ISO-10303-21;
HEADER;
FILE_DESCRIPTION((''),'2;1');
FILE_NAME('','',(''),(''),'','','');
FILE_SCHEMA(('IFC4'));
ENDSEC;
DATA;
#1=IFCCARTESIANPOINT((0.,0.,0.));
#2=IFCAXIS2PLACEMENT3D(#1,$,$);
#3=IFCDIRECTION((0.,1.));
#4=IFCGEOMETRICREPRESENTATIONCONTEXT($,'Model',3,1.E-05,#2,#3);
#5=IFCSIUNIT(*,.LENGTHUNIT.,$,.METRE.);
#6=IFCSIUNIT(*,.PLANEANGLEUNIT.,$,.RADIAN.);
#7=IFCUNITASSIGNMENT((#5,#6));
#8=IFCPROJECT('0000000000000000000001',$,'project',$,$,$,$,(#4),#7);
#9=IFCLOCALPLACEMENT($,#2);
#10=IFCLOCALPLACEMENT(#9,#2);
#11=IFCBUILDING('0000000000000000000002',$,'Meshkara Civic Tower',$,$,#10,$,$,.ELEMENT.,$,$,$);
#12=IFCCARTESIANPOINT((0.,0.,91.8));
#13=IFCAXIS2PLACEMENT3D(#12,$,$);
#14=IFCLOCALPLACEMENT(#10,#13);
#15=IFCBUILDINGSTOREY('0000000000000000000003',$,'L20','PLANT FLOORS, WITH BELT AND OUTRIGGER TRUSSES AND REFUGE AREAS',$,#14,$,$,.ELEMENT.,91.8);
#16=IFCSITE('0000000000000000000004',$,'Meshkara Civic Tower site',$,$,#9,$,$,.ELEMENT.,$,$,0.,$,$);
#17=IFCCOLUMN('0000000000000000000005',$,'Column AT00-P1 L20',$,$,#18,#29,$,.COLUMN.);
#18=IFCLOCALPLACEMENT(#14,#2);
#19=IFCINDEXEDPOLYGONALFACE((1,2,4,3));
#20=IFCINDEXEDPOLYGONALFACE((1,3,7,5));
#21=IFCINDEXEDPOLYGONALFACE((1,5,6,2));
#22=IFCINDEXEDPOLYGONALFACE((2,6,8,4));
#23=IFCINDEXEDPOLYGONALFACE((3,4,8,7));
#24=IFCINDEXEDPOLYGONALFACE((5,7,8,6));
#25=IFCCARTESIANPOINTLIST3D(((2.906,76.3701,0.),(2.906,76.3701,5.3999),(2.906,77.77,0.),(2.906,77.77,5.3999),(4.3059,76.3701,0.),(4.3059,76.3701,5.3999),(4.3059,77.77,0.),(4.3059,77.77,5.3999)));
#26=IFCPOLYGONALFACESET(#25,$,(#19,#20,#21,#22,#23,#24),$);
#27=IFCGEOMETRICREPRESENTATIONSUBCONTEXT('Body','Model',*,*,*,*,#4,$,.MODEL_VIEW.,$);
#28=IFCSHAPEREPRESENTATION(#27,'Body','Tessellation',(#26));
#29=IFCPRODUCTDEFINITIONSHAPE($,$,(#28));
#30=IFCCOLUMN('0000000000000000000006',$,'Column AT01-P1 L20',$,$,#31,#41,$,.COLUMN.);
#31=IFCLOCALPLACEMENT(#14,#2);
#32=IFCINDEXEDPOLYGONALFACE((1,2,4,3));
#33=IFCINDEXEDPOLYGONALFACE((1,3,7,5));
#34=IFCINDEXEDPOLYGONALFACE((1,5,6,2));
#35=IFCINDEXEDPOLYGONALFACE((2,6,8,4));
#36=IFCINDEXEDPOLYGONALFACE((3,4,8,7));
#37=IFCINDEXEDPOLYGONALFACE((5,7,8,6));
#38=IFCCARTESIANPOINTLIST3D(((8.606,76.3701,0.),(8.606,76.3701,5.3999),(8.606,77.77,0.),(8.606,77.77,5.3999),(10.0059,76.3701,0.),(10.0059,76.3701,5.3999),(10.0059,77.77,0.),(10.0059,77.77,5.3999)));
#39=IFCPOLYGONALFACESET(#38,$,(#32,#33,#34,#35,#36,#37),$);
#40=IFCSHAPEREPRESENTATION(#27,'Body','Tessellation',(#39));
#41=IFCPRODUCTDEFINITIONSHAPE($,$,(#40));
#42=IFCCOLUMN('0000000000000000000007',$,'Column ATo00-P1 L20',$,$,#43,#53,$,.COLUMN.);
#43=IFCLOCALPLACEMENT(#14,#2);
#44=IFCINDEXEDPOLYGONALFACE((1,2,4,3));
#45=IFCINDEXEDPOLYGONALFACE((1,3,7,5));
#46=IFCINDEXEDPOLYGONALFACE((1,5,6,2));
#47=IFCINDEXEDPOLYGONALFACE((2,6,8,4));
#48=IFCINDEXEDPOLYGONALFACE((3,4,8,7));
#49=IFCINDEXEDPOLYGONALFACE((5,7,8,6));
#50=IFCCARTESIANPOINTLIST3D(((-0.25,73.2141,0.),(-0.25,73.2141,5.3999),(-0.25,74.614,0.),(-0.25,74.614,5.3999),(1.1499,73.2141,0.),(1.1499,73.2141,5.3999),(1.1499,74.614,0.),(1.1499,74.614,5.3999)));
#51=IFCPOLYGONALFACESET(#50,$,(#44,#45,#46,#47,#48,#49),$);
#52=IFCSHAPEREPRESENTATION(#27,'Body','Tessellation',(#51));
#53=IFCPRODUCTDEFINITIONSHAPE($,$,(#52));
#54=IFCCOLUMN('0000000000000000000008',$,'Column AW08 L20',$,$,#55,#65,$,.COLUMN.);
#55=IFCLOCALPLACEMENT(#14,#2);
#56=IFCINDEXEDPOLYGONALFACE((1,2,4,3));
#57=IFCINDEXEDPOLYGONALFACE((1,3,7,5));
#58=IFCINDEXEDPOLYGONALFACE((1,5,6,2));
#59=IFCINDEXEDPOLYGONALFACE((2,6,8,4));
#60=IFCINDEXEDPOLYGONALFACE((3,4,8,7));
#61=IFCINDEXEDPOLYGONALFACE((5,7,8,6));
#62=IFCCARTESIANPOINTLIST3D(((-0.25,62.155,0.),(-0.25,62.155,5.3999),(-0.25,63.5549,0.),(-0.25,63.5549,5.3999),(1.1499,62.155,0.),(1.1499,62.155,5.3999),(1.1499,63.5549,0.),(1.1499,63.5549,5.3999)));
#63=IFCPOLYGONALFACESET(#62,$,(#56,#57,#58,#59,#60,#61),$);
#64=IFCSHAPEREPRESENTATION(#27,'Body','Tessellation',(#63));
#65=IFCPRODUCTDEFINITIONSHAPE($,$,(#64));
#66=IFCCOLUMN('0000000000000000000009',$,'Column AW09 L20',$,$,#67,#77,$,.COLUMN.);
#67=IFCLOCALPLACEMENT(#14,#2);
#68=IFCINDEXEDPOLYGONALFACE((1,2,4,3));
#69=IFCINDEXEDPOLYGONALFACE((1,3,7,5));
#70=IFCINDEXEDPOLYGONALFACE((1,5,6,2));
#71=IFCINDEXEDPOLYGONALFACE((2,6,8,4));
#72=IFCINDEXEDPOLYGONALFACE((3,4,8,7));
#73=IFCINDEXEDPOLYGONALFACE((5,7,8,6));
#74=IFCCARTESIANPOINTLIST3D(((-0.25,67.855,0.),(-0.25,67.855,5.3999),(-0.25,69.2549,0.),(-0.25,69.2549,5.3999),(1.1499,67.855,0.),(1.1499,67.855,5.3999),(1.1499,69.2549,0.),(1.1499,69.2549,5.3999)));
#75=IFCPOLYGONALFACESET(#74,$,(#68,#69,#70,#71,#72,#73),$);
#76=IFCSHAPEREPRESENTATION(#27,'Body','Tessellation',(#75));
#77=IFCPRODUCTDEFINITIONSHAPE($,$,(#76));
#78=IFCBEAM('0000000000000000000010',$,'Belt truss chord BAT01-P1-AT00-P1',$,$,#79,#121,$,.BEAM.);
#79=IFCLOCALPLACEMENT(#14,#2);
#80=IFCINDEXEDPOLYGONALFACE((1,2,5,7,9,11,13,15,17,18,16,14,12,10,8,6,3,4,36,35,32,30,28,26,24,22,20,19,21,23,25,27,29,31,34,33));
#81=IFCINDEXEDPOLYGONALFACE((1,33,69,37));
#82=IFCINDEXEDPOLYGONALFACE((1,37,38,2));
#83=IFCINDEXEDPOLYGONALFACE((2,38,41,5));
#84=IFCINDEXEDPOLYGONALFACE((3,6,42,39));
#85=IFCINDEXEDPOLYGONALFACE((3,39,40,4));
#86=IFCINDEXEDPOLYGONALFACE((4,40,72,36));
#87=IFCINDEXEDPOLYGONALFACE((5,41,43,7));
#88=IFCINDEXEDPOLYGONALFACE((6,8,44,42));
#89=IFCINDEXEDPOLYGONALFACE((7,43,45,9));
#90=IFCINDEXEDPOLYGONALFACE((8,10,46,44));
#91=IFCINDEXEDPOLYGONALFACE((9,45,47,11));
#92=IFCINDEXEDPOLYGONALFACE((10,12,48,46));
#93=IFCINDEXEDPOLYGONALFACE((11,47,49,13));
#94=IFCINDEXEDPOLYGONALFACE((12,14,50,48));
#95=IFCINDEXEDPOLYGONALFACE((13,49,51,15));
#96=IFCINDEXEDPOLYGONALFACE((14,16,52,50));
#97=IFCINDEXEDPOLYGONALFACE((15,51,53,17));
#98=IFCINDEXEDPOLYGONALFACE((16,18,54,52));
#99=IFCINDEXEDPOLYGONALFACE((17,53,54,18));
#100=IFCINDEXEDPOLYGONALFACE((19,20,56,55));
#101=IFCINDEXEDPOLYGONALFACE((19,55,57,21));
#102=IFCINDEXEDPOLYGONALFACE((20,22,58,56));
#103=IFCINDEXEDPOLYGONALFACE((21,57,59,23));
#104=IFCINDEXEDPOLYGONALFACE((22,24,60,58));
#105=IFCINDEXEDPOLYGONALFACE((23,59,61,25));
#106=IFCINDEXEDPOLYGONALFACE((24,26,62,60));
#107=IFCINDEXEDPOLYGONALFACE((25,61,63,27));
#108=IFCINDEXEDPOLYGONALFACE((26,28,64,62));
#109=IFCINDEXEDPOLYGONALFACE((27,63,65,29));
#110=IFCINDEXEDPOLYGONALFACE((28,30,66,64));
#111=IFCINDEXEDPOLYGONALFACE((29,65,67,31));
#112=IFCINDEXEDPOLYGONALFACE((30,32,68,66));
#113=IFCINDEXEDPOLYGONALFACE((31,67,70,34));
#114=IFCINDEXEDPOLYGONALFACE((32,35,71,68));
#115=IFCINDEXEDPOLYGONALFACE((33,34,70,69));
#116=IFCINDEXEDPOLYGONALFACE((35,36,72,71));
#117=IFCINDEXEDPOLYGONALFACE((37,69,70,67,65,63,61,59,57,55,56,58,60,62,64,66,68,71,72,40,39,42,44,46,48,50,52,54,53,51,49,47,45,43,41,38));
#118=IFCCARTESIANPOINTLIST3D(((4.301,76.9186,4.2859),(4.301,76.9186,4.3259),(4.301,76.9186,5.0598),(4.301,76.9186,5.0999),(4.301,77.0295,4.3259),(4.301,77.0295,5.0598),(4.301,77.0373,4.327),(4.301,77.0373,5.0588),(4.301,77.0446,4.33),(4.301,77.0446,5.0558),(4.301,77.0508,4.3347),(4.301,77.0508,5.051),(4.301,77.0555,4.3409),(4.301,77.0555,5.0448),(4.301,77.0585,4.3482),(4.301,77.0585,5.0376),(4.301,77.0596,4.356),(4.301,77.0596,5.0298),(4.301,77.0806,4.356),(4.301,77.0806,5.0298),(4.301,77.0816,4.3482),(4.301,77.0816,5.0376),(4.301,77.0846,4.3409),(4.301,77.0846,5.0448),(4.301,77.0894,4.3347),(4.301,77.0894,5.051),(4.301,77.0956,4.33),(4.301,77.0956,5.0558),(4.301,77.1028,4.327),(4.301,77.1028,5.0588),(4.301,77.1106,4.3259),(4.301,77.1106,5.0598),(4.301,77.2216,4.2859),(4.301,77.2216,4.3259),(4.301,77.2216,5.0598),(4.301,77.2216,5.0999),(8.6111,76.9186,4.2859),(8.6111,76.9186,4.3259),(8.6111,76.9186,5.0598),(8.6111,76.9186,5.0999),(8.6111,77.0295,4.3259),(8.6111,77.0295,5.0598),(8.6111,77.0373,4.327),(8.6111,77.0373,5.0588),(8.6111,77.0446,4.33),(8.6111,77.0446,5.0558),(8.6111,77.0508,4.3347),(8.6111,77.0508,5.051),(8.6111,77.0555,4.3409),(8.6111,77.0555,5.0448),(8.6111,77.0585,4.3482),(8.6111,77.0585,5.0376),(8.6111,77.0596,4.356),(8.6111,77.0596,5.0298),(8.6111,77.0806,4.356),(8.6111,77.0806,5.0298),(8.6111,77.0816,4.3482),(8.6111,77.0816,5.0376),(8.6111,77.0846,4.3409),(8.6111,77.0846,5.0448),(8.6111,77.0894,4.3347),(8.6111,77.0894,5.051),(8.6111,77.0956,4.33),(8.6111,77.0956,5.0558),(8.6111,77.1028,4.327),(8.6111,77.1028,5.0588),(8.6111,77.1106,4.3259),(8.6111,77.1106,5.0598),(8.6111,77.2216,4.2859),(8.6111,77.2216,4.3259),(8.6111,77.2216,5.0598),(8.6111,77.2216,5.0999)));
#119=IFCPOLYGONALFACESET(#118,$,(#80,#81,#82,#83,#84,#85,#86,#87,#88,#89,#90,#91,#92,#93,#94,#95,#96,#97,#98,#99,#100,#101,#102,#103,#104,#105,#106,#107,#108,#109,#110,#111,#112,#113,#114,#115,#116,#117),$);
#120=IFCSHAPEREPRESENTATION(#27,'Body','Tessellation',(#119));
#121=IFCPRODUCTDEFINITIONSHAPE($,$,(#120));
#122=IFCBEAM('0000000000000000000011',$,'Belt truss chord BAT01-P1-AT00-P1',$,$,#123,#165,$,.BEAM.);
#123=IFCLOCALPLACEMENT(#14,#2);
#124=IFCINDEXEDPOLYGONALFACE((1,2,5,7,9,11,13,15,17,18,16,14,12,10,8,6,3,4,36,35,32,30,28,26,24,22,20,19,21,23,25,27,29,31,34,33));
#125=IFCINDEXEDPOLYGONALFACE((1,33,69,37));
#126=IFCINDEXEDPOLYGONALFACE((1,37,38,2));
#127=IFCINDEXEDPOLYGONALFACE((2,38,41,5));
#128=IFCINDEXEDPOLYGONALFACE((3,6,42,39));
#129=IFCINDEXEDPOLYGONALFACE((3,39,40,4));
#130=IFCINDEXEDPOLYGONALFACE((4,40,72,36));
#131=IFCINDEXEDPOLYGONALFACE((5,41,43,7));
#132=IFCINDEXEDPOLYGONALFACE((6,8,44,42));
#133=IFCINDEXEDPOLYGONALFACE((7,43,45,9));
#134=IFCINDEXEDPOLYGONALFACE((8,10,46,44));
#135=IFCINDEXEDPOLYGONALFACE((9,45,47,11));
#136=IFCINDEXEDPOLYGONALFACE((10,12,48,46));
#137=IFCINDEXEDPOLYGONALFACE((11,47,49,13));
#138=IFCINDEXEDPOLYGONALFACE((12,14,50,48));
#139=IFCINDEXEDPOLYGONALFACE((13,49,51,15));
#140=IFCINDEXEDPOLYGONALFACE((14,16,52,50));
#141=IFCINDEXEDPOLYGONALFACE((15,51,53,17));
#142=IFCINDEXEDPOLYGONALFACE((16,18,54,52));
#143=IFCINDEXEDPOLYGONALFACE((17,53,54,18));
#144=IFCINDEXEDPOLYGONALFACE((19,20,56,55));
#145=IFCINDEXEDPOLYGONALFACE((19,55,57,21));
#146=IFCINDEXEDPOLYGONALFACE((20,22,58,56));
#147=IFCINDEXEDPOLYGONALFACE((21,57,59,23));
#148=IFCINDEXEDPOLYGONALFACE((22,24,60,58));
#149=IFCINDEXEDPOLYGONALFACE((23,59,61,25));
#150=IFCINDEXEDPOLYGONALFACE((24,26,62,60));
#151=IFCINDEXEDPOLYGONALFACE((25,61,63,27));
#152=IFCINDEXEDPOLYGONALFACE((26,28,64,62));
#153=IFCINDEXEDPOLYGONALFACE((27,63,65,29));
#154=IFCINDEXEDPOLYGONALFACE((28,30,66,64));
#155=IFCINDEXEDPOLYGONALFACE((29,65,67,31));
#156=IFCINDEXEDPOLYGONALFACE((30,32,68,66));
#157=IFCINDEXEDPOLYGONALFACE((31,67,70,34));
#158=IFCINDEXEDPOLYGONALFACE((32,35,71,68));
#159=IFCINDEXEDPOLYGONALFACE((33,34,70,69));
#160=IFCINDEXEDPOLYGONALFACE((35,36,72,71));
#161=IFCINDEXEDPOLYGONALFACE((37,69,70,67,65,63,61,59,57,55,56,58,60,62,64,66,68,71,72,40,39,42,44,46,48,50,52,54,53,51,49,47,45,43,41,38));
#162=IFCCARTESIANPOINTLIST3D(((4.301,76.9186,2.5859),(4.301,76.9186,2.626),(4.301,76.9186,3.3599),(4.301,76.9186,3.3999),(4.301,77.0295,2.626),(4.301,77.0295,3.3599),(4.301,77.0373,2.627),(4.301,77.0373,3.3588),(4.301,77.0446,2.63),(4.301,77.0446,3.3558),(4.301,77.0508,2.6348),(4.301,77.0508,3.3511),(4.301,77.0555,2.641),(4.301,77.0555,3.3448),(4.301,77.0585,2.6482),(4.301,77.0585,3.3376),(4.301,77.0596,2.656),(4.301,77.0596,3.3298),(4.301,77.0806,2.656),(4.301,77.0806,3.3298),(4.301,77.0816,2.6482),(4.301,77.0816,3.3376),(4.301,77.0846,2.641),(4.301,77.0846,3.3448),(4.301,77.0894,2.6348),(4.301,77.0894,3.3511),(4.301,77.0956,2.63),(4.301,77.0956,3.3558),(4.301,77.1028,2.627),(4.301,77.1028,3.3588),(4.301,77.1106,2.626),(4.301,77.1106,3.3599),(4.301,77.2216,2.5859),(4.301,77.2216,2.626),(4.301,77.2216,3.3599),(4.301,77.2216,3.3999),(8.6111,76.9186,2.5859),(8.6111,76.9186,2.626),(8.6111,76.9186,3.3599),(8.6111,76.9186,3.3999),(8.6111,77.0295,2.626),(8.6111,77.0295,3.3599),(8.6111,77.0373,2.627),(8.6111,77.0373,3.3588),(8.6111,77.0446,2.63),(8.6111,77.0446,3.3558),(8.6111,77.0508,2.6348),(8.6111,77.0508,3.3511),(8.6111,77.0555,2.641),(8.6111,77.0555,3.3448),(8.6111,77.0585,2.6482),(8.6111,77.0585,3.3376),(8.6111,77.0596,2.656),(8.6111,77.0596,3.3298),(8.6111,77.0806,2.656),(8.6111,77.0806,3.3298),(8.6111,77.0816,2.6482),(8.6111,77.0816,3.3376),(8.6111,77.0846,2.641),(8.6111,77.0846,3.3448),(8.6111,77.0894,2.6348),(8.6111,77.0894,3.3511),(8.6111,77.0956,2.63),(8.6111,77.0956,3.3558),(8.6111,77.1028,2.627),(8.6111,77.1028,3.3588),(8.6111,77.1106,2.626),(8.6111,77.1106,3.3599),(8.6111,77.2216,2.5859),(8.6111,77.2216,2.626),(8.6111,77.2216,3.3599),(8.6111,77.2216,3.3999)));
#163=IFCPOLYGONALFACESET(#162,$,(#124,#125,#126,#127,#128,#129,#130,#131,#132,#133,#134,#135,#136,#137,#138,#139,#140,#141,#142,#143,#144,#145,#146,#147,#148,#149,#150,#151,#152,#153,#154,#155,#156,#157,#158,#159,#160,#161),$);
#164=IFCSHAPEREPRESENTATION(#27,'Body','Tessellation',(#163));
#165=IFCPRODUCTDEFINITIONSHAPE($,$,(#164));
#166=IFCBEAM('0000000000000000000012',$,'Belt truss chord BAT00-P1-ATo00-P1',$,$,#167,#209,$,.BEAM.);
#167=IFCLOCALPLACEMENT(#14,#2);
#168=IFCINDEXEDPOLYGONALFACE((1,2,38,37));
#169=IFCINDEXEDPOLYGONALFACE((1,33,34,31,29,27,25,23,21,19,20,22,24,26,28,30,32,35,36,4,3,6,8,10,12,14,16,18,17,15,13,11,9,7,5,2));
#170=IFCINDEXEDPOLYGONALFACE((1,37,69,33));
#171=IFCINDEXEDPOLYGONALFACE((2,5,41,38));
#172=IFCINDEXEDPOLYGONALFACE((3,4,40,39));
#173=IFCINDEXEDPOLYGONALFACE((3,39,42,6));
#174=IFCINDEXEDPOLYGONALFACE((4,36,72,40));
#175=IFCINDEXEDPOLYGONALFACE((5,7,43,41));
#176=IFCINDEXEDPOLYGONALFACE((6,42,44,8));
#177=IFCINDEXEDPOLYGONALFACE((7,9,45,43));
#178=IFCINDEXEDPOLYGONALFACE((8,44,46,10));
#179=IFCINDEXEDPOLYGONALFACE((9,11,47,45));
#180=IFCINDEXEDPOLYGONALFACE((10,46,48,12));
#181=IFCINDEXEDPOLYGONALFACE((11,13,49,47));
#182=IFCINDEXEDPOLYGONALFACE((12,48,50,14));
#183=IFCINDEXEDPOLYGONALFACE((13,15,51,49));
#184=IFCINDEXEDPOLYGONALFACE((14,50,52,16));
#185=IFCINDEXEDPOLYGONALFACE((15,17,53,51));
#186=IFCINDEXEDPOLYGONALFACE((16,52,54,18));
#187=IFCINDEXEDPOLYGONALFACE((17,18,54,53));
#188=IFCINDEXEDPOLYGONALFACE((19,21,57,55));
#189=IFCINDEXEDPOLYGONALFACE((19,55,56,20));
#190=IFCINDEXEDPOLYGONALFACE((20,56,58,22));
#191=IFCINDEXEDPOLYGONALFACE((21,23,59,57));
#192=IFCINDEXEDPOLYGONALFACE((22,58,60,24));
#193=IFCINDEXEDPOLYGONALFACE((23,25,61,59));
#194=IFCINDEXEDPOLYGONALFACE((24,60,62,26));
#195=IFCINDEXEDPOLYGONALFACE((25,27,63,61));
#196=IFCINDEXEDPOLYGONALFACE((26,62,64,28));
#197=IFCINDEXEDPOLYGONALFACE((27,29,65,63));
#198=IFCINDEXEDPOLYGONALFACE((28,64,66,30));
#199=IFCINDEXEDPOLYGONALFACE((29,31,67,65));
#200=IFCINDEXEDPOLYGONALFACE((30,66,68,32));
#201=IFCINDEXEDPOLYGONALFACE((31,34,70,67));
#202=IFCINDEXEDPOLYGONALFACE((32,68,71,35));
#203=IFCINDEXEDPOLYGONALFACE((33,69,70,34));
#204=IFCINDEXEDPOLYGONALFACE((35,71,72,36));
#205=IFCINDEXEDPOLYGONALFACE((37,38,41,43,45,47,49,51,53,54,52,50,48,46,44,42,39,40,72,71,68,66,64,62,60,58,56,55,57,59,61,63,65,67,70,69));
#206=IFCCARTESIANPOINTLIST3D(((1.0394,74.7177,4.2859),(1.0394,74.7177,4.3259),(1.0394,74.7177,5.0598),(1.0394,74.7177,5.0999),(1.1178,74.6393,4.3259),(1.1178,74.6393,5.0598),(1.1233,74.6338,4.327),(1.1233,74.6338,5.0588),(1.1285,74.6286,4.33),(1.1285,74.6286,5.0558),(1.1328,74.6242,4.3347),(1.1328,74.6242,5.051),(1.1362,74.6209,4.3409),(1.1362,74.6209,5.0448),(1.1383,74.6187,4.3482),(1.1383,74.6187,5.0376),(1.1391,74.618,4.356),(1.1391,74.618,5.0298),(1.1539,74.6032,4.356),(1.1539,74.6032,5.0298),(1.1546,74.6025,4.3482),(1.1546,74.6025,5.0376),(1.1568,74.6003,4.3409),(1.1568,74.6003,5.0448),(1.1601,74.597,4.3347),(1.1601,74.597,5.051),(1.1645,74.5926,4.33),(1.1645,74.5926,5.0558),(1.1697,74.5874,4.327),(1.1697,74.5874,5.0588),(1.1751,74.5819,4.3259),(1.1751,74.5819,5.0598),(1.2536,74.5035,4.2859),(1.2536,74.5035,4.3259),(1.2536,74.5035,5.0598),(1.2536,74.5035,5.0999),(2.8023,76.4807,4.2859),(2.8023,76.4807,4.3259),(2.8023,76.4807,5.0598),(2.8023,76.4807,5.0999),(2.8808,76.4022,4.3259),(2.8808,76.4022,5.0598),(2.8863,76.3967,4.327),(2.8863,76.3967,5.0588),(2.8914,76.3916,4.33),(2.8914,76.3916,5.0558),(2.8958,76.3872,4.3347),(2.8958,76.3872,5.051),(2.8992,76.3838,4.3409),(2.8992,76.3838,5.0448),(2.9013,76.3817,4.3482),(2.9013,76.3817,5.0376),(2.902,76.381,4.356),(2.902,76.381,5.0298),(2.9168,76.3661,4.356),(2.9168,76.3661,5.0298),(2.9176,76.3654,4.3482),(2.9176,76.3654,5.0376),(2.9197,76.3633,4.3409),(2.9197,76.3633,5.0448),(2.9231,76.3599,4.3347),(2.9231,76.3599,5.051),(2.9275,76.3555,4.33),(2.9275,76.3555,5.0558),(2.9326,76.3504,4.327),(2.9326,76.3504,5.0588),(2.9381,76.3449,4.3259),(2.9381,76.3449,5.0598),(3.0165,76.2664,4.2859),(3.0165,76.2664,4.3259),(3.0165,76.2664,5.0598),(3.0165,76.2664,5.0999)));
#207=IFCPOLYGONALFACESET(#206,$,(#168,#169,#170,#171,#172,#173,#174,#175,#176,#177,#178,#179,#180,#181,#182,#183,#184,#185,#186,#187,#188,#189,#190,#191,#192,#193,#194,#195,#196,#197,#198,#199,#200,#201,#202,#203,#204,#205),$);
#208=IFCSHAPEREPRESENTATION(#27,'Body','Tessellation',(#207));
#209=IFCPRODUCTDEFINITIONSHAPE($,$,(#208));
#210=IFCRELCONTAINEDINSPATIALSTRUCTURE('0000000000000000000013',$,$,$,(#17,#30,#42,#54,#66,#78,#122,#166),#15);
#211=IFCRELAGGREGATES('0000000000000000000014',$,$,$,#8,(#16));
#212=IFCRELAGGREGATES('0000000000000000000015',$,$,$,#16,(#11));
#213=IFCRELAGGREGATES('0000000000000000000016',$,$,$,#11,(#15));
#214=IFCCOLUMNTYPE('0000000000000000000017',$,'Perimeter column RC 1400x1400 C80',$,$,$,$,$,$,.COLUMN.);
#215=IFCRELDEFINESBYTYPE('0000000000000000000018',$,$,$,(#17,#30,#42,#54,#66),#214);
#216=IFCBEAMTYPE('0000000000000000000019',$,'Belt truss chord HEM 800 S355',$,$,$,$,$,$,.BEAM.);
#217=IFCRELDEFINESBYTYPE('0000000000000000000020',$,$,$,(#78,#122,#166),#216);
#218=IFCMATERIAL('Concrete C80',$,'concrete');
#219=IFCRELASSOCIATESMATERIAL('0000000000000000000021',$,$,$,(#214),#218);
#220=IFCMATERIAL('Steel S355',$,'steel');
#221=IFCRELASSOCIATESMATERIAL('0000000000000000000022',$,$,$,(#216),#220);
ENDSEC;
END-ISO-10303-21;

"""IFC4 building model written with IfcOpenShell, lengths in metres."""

from ifc_helpers import new_model, si_unit, direction, frame, origin, origin_2d, place, context, subcontext, project, spatial, rectangle, i_section, extrude, material, material_profile, profile_set, type_object, element, save


model = new_model("IFC4")

# Units and contexts
model_context = context("Model", 3, precision=1e-05, world=origin(), true_north=direction((0.0, 1.0)))
body_context = subcontext(model_context, "Body", "Model", "MODEL_VIEW")
ifc_project = project(units=[si_unit("LENGTHUNIT", "METRE"), si_unit("PLANEANGLEUNIT", "RADIAN")], contexts=[model_context])

# Site, building, storey
site_placement = place(None, origin())
site = spatial("IfcSite", under=ifc_project, at=site_placement, Name="Meshkara Civic Tower site", CompositionType="ELEMENT", RefElevation=0.0)
building_placement = place(site_placement, origin())
building = spatial("IfcBuilding", under=site, at=building_placement, Name="Meshkara Civic Tower", CompositionType="ELEMENT")
storey_placement = place(building_placement, frame((0.0, 0.0, 91.8)))
storey = spatial("IfcBuildingStorey", under=building, at=storey_placement, Name="L20", Description="PLANT FLOORS, WITH BELT AND OUTRIGGER TRUSSES AND REFUGE AREAS", CompositionType="ELEMENT", Elevation=91.8)

# Columns
ifc_material_1 = material(Name="Concrete C80", Category="concrete")
ifc_material_profile_1 = material_profile(ifc_material_1, rectangle(XDim=1.3999, YDim=1.3999, at=origin_2d()))
ifc_profile_set_1 = profile_set([ifc_material_profile_1], Name="Concrete C80")
column_type = type_object("IfcColumnType", Name="Perimeter column RC 1400x1400 C80", PredefinedType="COLUMN", material=ifc_profile_set_1)
for number, where, z_axis, x_axis, name in (
    (1, (3.606, 77.0701, 0.0), (0.0, 0.0, 1.0), (1.0, 0.0, 0.0), "Column AT00-P1 L20"),
    (2, (9.3059, 77.0701, 0.0), (0.0, 0.0, 1.0), (1.0, 0.0, 0.0), "Column AT01-P1 L20"),
    (3, (0.45, 73.9141, 0.0), (0.0, 0.0, 1.0), (1.0, 0.0, 0.0), "Column ATo00-P1 L20"),
    (4, (0.45, 62.855, 0.0), (0.0, 0.0, 1.0), (1.0, 0.0, 0.0), "Column AW08 L20"),
    (5, (0.45, 68.5549, 0.0), (0.0, 0.0, 1.0), (1.0, 0.0, 0.0), "Column AW09 L20"),
):
    element("IfcColumn", number, at=place(storey_placement, frame(where, z_axis=z_axis, x_axis=x_axis)), inside=storey, type_object=column_type, Name=name, PredefinedType="COLUMN", context=body_context, shape_type="SweptSolid", body=[
        extrude(rectangle(XDim=1.3999, YDim=1.3999, at=origin_2d()), origin(), (0.0, 0.0, 1.0), 5.3999),
    ])

# Beams
ifc_material_2 = material(Name="Steel S355", Category="steel")
ifc_material_profile_2 = material_profile(ifc_material_2, i_section(OverallWidth=0.303, OverallDepth=0.814, WebThickness=0.021, FlangeThickness=0.04, FilletRadius=0.03, at=origin_2d()))
ifc_profile_set_2 = profile_set([ifc_material_profile_2], Name="Steel S355")
beam_type = type_object("IfcBeamType", Name="Belt truss chord HEM 800 S355", PredefinedType="BEAM", material=ifc_profile_set_2)
for number, where, z_axis, x_axis, name in (
    (6, (8.6111, 77.0701, 4.6929), (-1.0, 0.0, 0.0), (0.0, -1.0, 0.0), "Belt truss chord BAT01-P1-AT00-P1"),
    (7, (8.6111, 77.0701, 2.9929), (-1.0, 0.0, 0.0), (0.0, -1.0, 0.0), "Belt truss chord BAT01-P1-AT00-P1"),
):
    element("IfcBeam", number, at=place(storey_placement, frame(where, z_axis=z_axis, x_axis=x_axis)), inside=storey, type_object=beam_type, Name=name, PredefinedType="BEAM", context=body_context, shape_type="SweptSolid", body=[
        extrude(i_section(OverallWidth=0.303, OverallDepth=0.814, WebThickness=0.021, FlangeThickness=0.04, FilletRadius=0.03, at=origin_2d()), origin(), (0.0, 0.0, 1.0), 4.3101),
    ])
for number, where, z_axis, x_axis, name in (
    (8, (2.9094, 76.3735, 4.6929), (-0.707107, -0.707107, 0.0), (0.707107, -0.707107, 0.0), "Belt truss chord BAT00-P1-ATo00-P1"),
):
    element("IfcBeam", number, at=place(storey_placement, frame(where, z_axis=z_axis, x_axis=x_axis)), inside=storey, type_object=beam_type, Name=name, PredefinedType="BEAM", context=body_context, shape_type="SweptSolid", body=[
        extrude(i_section(OverallWidth=0.303, OverallDepth=0.814, WebThickness=0.021, FlangeThickness=0.04, FilletRadius=0.03, at=origin_2d()), origin(), (0.0, 0.0, 1.0), 2.4932),
    ])

save(model, "model.ifc")
